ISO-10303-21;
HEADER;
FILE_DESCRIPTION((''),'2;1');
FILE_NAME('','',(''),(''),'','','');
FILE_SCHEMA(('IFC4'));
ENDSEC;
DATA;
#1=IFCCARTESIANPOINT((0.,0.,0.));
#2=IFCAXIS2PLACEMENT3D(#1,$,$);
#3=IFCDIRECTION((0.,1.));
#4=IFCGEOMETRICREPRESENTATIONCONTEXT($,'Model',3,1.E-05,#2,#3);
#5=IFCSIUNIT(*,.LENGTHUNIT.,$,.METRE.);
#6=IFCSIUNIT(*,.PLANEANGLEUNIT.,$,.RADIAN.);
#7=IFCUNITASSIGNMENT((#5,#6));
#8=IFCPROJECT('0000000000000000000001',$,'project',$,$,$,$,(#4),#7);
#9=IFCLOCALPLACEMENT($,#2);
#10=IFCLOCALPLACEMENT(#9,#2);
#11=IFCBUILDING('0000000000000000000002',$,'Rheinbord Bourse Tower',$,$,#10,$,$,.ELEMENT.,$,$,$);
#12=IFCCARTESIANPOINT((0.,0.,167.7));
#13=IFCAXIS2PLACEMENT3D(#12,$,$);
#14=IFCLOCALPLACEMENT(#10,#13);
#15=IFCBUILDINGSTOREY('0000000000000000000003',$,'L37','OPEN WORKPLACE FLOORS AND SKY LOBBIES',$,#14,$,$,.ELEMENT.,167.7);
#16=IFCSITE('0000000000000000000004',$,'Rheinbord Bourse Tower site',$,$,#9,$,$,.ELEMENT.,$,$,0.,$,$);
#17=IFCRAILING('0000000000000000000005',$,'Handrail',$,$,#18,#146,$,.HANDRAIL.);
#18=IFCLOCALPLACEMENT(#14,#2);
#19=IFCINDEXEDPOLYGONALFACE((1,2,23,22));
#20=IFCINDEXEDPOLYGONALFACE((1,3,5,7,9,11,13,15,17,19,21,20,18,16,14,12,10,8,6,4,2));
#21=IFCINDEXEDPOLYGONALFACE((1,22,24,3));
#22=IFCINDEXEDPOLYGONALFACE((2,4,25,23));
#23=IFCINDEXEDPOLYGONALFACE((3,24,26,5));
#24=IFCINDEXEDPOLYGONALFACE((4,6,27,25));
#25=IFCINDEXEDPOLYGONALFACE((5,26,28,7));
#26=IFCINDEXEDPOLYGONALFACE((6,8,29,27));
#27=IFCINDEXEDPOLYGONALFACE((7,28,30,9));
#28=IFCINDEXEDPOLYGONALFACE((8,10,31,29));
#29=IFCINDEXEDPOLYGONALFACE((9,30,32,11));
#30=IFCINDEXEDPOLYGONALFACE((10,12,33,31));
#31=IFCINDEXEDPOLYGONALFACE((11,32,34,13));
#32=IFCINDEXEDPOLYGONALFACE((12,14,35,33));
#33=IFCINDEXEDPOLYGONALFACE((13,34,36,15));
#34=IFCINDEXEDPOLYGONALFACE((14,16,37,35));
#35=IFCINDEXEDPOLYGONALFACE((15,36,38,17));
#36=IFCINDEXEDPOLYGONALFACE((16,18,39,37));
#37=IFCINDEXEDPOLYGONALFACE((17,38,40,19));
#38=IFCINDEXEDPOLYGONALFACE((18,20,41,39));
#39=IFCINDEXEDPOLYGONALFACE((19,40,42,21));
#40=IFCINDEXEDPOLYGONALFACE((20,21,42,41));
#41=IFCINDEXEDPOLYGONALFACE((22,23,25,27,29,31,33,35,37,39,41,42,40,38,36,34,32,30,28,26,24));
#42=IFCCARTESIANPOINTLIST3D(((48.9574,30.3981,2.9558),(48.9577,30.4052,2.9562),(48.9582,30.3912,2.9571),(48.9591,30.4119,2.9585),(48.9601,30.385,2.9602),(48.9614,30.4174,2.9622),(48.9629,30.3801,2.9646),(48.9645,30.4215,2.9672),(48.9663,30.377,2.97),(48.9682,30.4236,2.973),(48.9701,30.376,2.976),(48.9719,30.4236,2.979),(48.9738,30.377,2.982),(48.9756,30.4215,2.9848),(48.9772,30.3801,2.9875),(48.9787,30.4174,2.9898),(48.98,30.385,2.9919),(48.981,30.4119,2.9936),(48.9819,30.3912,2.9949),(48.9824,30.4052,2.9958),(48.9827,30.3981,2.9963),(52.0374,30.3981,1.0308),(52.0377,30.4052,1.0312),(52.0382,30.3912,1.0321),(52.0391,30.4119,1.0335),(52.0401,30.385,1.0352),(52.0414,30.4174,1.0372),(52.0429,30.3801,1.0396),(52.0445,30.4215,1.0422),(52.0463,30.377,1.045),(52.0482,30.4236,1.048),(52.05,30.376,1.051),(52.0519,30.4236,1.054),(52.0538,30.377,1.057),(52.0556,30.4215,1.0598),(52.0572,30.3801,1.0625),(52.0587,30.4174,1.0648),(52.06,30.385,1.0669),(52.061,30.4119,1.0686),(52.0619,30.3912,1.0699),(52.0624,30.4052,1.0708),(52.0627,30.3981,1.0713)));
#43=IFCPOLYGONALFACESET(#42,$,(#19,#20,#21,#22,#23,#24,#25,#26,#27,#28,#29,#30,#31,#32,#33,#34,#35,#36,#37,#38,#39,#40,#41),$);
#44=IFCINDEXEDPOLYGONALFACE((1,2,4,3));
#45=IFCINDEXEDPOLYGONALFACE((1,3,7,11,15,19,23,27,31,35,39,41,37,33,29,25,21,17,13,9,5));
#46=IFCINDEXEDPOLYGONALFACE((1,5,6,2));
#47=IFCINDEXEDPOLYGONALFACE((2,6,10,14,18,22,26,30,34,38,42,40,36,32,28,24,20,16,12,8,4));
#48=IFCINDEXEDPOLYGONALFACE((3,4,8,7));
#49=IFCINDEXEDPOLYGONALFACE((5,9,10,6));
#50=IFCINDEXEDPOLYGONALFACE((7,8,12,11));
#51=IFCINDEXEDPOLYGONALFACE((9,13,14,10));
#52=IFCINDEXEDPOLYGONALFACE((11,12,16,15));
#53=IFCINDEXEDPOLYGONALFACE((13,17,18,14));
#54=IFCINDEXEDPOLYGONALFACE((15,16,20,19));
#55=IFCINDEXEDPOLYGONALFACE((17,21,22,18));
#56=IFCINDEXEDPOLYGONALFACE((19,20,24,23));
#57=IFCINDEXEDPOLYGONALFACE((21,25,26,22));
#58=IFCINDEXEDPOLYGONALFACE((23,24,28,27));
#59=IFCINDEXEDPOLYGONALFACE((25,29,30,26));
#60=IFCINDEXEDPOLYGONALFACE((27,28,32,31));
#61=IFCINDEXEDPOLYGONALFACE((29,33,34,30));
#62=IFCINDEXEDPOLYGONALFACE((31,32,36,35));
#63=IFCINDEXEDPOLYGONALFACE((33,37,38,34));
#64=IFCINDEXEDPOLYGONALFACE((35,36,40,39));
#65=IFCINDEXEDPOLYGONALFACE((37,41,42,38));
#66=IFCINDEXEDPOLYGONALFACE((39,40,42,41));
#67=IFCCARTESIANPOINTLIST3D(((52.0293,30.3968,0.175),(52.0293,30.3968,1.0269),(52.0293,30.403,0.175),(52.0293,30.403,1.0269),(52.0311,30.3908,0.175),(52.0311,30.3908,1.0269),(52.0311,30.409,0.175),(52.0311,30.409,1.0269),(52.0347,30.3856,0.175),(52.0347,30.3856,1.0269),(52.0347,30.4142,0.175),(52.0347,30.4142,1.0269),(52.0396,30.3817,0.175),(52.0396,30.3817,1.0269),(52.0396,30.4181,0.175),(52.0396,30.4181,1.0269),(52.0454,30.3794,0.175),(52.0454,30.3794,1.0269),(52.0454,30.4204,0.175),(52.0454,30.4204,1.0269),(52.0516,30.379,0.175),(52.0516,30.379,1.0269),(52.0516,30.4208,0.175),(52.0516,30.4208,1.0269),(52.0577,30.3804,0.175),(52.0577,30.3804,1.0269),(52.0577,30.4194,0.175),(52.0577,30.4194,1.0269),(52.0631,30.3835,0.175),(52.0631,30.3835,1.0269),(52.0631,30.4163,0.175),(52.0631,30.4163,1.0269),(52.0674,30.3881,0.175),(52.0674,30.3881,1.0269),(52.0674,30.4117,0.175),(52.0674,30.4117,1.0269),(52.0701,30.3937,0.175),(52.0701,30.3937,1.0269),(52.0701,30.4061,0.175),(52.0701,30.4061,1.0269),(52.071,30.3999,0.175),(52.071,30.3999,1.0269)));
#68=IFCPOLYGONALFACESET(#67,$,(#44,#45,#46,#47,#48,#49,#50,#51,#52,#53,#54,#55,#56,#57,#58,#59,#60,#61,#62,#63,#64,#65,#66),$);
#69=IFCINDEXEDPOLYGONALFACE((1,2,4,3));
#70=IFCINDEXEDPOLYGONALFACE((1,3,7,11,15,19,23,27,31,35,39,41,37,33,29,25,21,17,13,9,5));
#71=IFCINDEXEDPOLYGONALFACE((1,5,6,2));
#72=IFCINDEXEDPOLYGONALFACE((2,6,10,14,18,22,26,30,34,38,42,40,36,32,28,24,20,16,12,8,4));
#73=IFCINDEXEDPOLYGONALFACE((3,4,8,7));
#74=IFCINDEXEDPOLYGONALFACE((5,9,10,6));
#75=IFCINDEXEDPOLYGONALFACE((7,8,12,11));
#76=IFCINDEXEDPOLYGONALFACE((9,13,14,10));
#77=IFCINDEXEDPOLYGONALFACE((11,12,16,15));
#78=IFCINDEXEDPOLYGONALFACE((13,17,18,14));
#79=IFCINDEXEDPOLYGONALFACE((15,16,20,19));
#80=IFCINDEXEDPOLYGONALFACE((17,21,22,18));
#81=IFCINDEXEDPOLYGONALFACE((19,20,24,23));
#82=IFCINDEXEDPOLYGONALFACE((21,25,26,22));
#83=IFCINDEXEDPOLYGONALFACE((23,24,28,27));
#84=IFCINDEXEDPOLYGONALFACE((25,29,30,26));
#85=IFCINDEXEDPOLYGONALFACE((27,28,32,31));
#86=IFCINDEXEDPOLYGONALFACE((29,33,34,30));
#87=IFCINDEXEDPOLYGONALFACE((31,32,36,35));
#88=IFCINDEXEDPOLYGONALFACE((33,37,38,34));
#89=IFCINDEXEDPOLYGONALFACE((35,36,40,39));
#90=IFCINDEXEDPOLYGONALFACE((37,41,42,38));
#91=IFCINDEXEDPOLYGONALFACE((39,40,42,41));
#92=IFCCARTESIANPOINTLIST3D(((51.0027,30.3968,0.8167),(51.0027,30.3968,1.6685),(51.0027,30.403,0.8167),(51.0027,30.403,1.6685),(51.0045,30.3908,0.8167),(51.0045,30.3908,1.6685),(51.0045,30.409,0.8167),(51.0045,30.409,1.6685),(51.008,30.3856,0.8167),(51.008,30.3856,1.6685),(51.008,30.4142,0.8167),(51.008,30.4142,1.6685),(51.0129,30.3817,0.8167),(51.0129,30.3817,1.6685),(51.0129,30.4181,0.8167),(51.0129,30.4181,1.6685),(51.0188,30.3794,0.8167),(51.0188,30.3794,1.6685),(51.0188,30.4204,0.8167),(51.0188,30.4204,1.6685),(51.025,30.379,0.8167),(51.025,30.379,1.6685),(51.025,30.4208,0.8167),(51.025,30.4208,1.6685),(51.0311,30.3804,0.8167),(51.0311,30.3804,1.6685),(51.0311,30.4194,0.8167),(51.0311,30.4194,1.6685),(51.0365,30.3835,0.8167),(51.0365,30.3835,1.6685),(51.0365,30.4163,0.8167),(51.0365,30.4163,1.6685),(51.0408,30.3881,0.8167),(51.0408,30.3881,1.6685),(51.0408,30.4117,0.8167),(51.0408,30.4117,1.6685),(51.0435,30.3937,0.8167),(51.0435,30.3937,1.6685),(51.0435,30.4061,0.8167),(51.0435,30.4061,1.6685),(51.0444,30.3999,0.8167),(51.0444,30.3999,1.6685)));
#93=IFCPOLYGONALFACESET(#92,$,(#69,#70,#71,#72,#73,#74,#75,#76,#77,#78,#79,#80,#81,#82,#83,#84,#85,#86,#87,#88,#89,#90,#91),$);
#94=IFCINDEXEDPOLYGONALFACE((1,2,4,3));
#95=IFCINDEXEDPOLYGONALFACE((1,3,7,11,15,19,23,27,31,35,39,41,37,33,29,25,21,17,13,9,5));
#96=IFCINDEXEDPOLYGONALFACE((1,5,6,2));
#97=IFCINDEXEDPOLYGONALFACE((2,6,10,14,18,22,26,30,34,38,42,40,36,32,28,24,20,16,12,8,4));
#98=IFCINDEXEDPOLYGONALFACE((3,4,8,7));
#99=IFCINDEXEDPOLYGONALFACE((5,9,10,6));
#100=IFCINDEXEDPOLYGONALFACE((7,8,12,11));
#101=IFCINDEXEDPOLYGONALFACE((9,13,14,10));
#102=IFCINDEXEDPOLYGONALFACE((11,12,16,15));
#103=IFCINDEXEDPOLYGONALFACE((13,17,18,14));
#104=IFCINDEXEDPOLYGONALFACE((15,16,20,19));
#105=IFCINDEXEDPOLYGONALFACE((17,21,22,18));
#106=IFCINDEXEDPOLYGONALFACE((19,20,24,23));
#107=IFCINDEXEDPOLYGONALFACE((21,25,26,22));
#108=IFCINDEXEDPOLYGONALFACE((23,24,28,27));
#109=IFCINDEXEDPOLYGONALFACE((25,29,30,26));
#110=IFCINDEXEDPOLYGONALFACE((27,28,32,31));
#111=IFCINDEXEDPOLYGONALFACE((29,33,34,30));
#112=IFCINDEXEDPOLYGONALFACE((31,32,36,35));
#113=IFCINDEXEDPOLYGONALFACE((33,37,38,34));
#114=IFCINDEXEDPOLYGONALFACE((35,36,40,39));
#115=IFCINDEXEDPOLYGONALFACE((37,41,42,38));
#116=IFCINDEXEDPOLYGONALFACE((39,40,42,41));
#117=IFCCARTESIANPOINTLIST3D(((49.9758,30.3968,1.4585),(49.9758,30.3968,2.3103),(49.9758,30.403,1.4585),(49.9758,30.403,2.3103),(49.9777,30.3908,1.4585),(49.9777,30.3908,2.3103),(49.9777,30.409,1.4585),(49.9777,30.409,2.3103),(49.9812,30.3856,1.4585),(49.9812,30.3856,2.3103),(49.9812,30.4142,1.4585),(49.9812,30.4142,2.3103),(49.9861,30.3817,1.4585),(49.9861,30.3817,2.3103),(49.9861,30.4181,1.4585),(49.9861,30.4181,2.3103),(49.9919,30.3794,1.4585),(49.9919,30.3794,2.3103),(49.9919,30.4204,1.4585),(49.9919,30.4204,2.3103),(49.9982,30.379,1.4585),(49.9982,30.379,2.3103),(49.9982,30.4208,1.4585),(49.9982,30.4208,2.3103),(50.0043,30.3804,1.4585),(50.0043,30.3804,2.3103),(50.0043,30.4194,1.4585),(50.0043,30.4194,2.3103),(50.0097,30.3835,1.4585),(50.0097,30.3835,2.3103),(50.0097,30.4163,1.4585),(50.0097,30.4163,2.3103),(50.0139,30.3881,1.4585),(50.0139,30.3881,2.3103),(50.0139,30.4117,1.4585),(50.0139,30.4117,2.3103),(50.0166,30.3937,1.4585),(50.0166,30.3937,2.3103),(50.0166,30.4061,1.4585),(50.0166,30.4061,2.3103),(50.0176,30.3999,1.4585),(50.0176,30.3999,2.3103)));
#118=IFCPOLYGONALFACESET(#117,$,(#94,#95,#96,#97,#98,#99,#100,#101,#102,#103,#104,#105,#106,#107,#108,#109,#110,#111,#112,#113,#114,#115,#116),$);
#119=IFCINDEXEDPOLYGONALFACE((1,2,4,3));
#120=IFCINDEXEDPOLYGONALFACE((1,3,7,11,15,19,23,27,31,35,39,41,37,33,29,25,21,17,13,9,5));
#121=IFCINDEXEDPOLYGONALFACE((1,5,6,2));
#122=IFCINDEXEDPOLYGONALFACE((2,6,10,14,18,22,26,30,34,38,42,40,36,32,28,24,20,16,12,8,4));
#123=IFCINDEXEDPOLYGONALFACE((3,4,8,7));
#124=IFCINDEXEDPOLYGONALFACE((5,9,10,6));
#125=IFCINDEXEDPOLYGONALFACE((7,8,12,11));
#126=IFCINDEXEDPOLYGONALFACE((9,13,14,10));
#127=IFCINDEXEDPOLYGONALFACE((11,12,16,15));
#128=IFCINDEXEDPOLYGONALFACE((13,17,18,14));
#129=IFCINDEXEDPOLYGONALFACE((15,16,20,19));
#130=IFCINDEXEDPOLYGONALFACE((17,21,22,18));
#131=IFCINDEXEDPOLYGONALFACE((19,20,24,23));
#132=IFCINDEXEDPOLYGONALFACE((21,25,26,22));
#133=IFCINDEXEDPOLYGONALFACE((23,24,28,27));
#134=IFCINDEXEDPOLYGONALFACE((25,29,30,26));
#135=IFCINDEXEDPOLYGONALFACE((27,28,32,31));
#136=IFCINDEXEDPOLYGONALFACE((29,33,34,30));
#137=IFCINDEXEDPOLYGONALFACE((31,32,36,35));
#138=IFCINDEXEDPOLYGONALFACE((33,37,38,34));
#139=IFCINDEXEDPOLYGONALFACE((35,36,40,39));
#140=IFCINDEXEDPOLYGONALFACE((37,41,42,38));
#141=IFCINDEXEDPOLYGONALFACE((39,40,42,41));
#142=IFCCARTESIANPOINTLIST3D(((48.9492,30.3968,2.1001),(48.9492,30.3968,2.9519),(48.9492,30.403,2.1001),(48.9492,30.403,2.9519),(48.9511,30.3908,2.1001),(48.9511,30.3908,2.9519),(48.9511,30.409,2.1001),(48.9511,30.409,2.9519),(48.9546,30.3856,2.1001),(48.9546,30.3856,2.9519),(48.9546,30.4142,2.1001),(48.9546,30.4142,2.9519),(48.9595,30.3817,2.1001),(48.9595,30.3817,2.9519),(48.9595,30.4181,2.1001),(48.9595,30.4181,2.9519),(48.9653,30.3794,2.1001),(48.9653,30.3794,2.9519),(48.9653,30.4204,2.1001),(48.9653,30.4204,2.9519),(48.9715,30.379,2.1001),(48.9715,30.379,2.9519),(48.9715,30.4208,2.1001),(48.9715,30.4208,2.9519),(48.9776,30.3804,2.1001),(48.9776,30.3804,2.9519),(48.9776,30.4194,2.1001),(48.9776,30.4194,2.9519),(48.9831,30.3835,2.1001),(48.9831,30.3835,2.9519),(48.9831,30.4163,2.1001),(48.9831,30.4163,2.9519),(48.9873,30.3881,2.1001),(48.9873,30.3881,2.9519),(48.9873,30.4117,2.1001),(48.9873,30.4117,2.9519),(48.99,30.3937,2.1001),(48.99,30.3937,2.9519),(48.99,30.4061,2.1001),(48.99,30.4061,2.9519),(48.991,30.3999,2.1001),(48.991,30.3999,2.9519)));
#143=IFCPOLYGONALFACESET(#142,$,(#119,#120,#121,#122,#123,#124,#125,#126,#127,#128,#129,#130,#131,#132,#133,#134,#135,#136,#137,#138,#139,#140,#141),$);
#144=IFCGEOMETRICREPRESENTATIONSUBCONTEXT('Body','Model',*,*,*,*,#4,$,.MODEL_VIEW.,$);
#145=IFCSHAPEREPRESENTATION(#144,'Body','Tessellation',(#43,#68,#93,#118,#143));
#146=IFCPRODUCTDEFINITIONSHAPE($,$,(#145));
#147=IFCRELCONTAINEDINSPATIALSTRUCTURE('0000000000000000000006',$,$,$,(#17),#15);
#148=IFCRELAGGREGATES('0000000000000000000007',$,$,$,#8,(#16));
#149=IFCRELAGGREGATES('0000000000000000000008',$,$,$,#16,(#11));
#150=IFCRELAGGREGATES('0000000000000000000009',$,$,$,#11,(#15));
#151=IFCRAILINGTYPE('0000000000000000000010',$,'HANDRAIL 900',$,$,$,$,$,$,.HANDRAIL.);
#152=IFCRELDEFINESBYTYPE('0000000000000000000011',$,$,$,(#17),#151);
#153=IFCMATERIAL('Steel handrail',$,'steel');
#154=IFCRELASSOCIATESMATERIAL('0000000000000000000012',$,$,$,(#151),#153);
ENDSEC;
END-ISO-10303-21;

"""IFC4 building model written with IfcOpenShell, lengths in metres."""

from ifc_helpers import new_model, si_unit, direction, frame, origin, origin_2d, place, context, subcontext, project, spatial, circle, extrude, material, type_object, element, save


model = new_model("IFC4")

# Units and contexts
model_context = context("Model", 3, precision=1e-05, world=origin(), true_north=direction((0.0, 1.0)))
body_context = subcontext(model_context, "Body", "Model", "MODEL_VIEW")
ifc_project = project(units=[si_unit("LENGTHUNIT", "METRE"), si_unit("PLANEANGLEUNIT", "RADIAN")], contexts=[model_context])

# Site, building, storey
site_placement = place(None, origin())
site = spatial("IfcSite", under=ifc_project, at=site_placement, Name="Rheinbord Bourse Tower site", CompositionType="ELEMENT", RefElevation=0.0)
building_placement = place(site_placement, origin())
building = spatial("IfcBuilding", under=site, at=building_placement, Name="Rheinbord Bourse Tower", CompositionType="ELEMENT")
storey_placement = place(building_placement, frame((0.0, 0.0, 167.7)))
storey = spatial("IfcBuildingStorey", under=building, at=storey_placement, Name="L37", Description="OPEN WORKPLACE FLOORS AND SKY LOBBIES", CompositionType="ELEMENT", Elevation=167.7)

# Railing
ifc_material_1 = material(Name="Steel handrail", Category="steel")
railing_type = type_object("IfcRailingType", Name="HANDRAIL 900", PredefinedType="HANDRAIL", material=ifc_material_1)
railing_1_placement = place(storey_placement, frame((52.05, 30.3999, 0.175)))
element("IfcRailing", 1, at=railing_1_placement, inside=storey, type_object=railing_type, Name="Handrail", PredefinedType="HANDRAIL", context=body_context, shape_type="SweptSolid", body=[
    extrude(circle(Radius=0.0239, at=origin_2d()), frame((0.0, 0.0, 0.876), z_axis=(-0.847998, 0.0, 0.529999), x_axis=(0.0, -1.0, 0.0)), (0.0, 0.0, 1.0), 3.6321),
    extrude(circle(Radius=0.021, at=origin_2d()), origin(), (0.0, 0.0, 1.0), 0.8518),
    extrude(circle(Radius=0.021, at=origin_2d()), frame((-1.0266, 0.0, 0.6416)), (0.0, 0.0, 1.0), 0.8518),
    extrude(circle(Radius=0.021, at=origin_2d()), frame((-2.0535, 0.0, 1.2834)), (0.0, 0.0, 1.0), 0.8518),
    extrude(circle(Radius=0.021, at=origin_2d()), frame((-3.0801, 0.0, 1.925)), (0.0, 0.0, 1.0), 0.8518),
])

save(model, "model.ifc")
